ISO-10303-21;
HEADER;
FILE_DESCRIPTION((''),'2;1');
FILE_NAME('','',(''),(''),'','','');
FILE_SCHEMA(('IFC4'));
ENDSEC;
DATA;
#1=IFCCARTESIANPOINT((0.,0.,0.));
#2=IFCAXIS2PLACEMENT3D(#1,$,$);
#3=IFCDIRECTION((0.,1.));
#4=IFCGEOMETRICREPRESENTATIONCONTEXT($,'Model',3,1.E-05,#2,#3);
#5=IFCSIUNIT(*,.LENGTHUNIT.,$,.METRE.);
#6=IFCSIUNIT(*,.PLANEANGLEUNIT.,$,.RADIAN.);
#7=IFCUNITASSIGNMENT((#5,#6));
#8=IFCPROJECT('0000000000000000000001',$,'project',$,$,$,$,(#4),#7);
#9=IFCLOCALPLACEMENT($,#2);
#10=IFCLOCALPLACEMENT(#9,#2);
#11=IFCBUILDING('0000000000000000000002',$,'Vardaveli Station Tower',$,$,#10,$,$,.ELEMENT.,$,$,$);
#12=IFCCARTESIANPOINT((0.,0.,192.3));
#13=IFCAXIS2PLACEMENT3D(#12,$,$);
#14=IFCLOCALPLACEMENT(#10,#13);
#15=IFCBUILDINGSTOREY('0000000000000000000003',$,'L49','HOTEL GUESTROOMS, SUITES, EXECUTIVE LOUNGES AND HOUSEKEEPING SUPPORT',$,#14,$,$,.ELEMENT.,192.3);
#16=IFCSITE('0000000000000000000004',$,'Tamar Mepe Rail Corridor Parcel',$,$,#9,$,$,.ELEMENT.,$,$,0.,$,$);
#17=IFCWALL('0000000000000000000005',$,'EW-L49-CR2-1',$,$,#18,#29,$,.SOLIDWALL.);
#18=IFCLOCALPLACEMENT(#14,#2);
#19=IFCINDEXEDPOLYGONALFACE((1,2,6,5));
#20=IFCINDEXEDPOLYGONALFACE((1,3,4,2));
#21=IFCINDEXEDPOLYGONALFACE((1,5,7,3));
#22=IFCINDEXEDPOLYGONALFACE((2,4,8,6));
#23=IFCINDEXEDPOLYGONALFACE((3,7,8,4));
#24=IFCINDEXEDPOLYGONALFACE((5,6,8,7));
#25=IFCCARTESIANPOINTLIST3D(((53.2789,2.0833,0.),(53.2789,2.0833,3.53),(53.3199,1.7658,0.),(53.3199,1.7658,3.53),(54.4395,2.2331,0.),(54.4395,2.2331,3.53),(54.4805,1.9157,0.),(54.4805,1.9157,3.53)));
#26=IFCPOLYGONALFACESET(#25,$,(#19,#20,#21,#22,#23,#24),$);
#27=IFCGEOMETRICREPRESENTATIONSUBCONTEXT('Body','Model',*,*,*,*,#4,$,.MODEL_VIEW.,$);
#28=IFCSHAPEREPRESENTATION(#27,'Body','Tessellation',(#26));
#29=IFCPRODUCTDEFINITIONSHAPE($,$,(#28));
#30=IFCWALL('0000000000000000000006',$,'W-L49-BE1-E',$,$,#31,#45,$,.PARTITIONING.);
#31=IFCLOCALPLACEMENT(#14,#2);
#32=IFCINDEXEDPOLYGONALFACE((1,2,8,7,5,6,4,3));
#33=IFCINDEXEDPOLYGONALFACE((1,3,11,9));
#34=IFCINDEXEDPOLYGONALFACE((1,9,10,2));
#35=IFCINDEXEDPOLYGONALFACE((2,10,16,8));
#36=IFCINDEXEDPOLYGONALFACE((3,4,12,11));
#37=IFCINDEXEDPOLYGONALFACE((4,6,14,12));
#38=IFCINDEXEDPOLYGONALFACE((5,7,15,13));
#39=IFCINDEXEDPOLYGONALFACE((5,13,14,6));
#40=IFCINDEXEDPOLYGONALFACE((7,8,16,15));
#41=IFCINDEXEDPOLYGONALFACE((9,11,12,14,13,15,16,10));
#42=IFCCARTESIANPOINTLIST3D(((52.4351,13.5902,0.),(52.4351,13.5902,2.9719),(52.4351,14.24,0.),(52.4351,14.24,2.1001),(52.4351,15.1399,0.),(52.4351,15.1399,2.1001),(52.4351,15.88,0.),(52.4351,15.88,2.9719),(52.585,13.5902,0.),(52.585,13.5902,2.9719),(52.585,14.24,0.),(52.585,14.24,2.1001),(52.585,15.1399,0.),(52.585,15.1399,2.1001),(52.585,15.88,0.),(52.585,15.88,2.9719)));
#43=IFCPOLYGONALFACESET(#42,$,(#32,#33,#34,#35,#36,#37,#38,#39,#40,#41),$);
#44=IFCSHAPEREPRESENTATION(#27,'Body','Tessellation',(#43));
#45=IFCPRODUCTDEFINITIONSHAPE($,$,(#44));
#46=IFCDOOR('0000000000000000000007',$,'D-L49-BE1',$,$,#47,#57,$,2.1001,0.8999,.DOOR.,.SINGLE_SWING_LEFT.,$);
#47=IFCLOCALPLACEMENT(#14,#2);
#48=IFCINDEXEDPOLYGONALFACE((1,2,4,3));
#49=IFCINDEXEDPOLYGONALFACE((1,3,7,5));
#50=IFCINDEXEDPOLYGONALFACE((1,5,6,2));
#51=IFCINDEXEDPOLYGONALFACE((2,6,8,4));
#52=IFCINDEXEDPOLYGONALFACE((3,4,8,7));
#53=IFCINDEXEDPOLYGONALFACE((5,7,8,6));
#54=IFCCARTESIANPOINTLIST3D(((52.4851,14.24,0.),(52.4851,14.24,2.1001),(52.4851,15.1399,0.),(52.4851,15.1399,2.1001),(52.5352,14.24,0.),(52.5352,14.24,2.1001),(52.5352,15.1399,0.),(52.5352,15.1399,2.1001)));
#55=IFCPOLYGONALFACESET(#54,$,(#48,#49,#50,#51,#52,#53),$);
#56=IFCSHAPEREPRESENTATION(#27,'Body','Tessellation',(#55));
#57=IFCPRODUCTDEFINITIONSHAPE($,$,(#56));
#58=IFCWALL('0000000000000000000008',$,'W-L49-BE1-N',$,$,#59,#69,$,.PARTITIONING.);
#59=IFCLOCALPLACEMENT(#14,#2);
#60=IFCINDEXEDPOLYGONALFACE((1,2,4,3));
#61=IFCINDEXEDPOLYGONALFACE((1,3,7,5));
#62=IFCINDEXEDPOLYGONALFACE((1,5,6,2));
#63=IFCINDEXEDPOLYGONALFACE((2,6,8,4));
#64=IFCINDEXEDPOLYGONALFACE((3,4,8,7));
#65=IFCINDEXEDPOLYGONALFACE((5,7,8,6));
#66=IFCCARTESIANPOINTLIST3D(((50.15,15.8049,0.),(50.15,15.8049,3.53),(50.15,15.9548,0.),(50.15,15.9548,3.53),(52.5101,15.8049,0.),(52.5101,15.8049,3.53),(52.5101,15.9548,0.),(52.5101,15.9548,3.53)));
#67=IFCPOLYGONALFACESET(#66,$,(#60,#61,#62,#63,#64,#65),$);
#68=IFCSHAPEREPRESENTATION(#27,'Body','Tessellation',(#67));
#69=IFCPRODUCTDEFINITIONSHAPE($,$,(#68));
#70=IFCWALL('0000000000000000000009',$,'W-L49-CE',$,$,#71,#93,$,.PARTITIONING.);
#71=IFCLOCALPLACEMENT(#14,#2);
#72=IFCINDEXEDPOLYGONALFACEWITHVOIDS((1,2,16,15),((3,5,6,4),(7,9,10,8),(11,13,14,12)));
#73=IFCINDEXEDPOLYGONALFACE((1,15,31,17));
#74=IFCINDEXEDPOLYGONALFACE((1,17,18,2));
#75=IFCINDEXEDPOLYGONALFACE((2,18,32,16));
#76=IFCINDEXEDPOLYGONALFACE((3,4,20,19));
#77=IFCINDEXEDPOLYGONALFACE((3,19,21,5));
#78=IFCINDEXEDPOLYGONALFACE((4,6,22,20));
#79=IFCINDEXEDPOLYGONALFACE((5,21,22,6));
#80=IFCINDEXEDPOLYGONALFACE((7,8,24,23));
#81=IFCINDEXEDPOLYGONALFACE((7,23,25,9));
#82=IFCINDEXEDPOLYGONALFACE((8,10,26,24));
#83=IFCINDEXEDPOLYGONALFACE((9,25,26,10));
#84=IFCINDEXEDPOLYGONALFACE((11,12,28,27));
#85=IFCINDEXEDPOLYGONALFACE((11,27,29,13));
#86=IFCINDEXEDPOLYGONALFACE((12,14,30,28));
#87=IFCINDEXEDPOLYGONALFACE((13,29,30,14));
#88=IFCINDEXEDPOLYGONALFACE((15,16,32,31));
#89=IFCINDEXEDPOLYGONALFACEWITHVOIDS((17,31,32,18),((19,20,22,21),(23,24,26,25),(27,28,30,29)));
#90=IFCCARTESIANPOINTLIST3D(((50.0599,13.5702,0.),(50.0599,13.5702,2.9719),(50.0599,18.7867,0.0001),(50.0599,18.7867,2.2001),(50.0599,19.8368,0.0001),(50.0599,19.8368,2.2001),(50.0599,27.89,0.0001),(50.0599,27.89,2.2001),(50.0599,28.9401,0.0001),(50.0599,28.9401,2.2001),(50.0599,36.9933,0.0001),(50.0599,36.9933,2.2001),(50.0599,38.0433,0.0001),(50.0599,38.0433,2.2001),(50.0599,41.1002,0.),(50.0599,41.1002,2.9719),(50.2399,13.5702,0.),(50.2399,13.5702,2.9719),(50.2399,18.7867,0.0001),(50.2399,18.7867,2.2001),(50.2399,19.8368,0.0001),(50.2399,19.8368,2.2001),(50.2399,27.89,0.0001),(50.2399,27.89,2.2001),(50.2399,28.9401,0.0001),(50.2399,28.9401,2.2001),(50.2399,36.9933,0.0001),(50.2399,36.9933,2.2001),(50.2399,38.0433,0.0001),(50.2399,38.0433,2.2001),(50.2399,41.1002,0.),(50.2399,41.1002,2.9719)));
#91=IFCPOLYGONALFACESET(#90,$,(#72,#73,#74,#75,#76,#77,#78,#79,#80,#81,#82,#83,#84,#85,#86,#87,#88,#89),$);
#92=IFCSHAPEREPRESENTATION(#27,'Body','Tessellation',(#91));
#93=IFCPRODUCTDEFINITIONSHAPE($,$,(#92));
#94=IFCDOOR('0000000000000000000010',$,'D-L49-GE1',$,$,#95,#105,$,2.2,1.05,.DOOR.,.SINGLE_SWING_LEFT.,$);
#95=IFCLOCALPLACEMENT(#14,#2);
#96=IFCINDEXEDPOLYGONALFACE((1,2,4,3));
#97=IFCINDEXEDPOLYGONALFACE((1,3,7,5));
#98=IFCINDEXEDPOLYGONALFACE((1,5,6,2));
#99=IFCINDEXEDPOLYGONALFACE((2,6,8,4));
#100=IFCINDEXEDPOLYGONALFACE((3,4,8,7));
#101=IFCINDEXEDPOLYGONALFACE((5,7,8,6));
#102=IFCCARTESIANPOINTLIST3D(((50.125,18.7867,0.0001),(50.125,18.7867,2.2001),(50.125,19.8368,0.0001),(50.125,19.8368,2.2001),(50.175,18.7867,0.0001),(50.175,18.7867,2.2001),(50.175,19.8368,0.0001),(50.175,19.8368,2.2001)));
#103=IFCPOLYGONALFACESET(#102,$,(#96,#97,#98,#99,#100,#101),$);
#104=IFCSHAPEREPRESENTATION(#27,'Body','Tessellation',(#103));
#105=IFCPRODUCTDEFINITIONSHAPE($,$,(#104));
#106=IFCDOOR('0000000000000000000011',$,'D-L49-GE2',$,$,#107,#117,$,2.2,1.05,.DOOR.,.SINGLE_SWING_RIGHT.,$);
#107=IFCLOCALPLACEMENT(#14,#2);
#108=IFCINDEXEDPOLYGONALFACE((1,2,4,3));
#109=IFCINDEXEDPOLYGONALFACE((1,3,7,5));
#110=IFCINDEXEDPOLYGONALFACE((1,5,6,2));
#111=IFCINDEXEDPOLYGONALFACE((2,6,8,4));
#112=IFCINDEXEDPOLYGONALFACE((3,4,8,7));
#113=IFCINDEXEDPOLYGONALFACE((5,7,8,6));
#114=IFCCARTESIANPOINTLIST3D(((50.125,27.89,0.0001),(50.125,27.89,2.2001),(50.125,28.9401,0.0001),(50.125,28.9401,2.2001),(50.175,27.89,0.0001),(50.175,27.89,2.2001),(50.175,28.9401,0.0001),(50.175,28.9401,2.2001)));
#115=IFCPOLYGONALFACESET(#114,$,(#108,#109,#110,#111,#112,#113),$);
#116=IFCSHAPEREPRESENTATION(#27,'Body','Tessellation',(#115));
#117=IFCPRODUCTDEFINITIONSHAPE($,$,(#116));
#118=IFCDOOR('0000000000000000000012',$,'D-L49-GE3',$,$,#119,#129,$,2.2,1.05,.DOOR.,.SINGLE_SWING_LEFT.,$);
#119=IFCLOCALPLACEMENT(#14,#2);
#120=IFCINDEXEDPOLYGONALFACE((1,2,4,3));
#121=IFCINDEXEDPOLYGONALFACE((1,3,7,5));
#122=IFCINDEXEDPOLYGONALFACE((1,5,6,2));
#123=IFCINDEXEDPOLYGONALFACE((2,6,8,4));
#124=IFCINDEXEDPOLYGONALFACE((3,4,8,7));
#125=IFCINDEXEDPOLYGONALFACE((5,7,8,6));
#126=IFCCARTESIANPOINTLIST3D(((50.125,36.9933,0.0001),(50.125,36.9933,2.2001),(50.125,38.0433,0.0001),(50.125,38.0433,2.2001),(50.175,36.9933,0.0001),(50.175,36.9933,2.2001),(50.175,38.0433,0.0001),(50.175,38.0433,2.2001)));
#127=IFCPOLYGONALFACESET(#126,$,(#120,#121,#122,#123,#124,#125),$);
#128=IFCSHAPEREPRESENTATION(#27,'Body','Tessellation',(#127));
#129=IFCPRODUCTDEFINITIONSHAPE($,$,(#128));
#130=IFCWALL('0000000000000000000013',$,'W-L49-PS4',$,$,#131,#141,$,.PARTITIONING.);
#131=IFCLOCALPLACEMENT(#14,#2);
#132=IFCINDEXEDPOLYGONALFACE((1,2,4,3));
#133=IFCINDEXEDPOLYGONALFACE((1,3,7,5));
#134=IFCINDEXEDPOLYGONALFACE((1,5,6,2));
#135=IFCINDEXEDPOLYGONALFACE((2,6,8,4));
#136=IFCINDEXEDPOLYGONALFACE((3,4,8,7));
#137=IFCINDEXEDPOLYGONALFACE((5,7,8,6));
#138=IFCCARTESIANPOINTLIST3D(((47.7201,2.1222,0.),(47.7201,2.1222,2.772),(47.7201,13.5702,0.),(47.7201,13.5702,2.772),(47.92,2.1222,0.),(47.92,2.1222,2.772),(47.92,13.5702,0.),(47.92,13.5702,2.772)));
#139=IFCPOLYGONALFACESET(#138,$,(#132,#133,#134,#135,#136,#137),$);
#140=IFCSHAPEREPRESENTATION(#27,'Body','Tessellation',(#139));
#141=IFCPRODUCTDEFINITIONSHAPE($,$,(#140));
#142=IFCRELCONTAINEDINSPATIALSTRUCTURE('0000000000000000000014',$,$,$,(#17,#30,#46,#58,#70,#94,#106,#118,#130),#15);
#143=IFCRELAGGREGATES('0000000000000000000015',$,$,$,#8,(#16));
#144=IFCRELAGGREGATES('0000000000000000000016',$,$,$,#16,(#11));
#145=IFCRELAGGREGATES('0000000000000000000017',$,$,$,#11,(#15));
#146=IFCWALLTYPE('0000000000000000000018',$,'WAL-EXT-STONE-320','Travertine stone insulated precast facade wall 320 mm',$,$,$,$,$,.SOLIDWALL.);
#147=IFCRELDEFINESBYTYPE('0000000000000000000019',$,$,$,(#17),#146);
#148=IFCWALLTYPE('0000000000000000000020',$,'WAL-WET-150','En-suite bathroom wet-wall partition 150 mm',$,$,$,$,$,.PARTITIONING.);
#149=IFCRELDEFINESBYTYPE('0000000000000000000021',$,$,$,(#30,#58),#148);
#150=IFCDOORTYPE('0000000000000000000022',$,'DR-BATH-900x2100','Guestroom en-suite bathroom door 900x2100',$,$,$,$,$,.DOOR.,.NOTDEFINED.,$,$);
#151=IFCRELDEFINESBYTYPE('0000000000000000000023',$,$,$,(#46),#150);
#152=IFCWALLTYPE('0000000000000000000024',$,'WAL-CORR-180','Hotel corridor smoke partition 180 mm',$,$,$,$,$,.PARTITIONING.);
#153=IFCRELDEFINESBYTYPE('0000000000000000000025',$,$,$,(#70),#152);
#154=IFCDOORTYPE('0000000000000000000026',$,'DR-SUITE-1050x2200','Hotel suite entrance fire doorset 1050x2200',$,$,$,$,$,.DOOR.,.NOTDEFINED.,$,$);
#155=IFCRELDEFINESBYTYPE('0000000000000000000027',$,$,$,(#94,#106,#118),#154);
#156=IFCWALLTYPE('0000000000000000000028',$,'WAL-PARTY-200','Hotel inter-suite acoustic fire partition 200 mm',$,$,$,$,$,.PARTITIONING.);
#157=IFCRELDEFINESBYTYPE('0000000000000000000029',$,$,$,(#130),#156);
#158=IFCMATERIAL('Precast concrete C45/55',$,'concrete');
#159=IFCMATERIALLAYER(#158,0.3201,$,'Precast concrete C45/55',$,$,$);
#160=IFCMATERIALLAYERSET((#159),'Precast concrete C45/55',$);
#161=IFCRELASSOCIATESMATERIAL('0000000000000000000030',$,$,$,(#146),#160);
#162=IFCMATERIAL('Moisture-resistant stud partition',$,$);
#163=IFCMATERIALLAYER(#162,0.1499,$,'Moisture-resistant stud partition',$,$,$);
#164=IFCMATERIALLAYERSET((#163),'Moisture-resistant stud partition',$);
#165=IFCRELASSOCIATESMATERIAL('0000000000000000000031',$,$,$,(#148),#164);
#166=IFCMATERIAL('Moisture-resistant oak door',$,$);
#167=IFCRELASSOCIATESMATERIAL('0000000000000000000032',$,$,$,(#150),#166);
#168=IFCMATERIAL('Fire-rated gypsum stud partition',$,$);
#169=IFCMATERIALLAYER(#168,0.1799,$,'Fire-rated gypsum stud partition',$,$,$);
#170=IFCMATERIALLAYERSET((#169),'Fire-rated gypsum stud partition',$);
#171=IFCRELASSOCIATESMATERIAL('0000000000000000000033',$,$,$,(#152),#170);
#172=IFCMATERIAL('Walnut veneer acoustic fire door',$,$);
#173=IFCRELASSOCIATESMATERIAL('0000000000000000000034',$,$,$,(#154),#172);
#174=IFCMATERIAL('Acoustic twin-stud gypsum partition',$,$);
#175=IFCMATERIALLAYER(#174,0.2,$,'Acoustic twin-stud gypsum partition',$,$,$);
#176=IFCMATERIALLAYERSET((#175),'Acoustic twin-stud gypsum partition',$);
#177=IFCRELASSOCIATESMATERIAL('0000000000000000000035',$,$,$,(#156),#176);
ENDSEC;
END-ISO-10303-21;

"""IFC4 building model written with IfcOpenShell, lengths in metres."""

from ifc_helpers import new_model, si_unit, direction, frame, frame_2d, origin, place, context, subcontext, project, spatial, rectangle, extrude, source, transform, mapped, material, layer, layer_set, type_object, element, fill, save


model = new_model("IFC4")

# Units and contexts
model_context = context("Model", 3, precision=1e-05, world=origin(), true_north=direction((0.0, 1.0)))
body_context = subcontext(model_context, "Body", "Model", "MODEL_VIEW")
ifc_project = project(units=[si_unit("LENGTHUNIT", "METRE"), si_unit("PLANEANGLEUNIT", "RADIAN")], contexts=[model_context])

# Site, building, storey
site_placement = place(None, origin())
site = spatial("IfcSite", under=ifc_project, at=site_placement, Name="Tamar Mepe Rail Corridor Parcel", CompositionType="ELEMENT", RefElevation=0.0)
building_placement = place(site_placement, origin())
building = spatial("IfcBuilding", under=site, at=building_placement, Name="Vardaveli Station Tower", CompositionType="ELEMENT")
storey_placement = place(building_placement, frame((0.0, 0.0, 192.3)))
storey = spatial("IfcBuildingStorey", under=building, at=storey_placement, Name="L49", Description="HOTEL GUESTROOMS, SUITES, EXECUTIVE LOUNGES AND HOUSEKEEPING SUPPORT", CompositionType="ELEMENT", Elevation=192.3)

# Shared definitions
ifc_material_1 = material(Name="Precast concrete C45/55", Category="concrete")

# Shared definitions
ifc_layer_1 = layer(ifc_material_1, 0.3201, Name="Precast concrete C45/55")
ifc_layer_set_1 = layer_set([ifc_layer_1], Name="Precast concrete C45/55")
wall_type_1 = type_object("IfcWallType", Name="WAL-EXT-STONE-320", Description="Travertine stone insulated precast facade wall 320 mm", PredefinedType="SOLIDWALL", material=ifc_layer_set_1)

# Wall
shared_shape_1 = source(origin(), body_context, "Body", "SweptSolid", [
    extrude(rectangle(XDim=1.1702, YDim=0.3201, at=frame_2d((0.585, 0.0))), origin(), (0.0, 0.0, 1.0), 3.53),
])
wall_1_placement = place(storey_placement, frame((53.2996, 1.9246, 0.0), z_axis=(0.0, 0.0, 1.0), x_axis=(0.991762, 0.12809, 0.0)))
element("IfcWall", 1, at=wall_1_placement, inside=storey, type_object=wall_type_1, Name="EW-L49-CR2-1", PredefinedType="SOLIDWALL", context=body_context, shape_type="MappedRepresentation", body=[
    mapped(shared_shape_1, transform((0.0, 0.0, 0.0), scale=1.0)),
])

# Wall, opening, door
ifc_material_2 = material(Name="Moisture-resistant stud partition")
ifc_layer_2 = layer(ifc_material_2, 0.1499, Name="Moisture-resistant stud partition")
ifc_layer_set_2 = layer_set([ifc_layer_2], Name="Moisture-resistant stud partition")
wall_type_2 = type_object("IfcWallType", Name="WAL-WET-150", Description="En-suite bathroom wet-wall partition 150 mm", PredefinedType="PARTITIONING", material=ifc_layer_set_2)
shared_shape_2 = source(origin(), body_context, "Body", "SweptSolid", [
    extrude(rectangle(XDim=2.2898, YDim=0.1499, at=frame_2d((1.145, 0.0))), origin(), (0.0, 0.0, 1.0), 2.9719),
])
wall_2_placement = place(storey_placement, frame((52.51, 13.5901, 0.0), z_axis=(0.0, 0.0, 1.0), x_axis=(0.0, 1.0, 0.0)))
wall_2 = element("IfcWall", 2, at=wall_2_placement, inside=storey, type_object=wall_type_2, Name="W-L49-BE1-E", PredefinedType="PARTITIONING", context=body_context, shape_type="MappedRepresentation", body=[
    mapped(shared_shape_2, transform((0.0, 0.0, 0.0), scale=1.0)),
])
shared_shape_3 = source(origin(), body_context, "Body", "SweptSolid", [
    extrude(rectangle(XDim=0.8999, YDim=2.1001, at=frame_2d((0.45, 1.05))), frame((0.0, 0.085, 0.0), z_axis=(0.0, -1.0, 0.0), x_axis=(1.0, 0.0, 0.0)), (0.0, 0.0, 1.0), 0.1699),
])
opening_1_placement = place(wall_2_placement, frame((0.6499, 0.0, 0.0)))
opening_1 = element("IfcOpeningElement", 3, at=opening_1_placement, cuts=wall_2, PredefinedType="OPENING", context=body_context, shape_type="MappedRepresentation", body=[
    mapped(shared_shape_3, transform((0.0, 0.0, 0.0), scale=1.0)),
])
ifc_material_3 = material(Name="Moisture-resistant oak door")
door_type_1 = type_object("IfcDoorType", Name="DR-BATH-900x2100", Description="Guestroom en-suite bathroom door 900x2100", OperationType="NOTDEFINED", PredefinedType="DOOR", material=ifc_material_3)
shared_shape_4 = source(origin(), body_context, "Body", "SweptSolid", [
    extrude(rectangle(XDim=0.8999, YDim=2.1001, at=frame_2d((0.45, 1.05))), frame((0.0, 0.0249, 0.0), z_axis=(0.0, -1.0, 0.0), x_axis=(1.0, 0.0, 0.0)), (0.0, 0.0, 1.0), 0.05),
])
door_1_placement = place(opening_1_placement, origin())
door_1 = element("IfcDoor", 4, at=door_1_placement, inside=storey, type_object=door_type_1, Name="D-L49-BE1", OperationType="SINGLE_SWING_LEFT", OverallHeight=2.1001, OverallWidth=0.8999, PredefinedType="DOOR", context=body_context, shape_type="MappedRepresentation", body=[
    mapped(shared_shape_4, transform((0.0, 0.0, 0.0), scale=1.0)),
])
fill(opening_1, door_1)

# Wall
shared_shape_5 = source(origin(), body_context, "Body", "SweptSolid", [
    extrude(rectangle(XDim=2.3601, YDim=0.1499, at=frame_2d((1.1802, 0.0))), origin(), (0.0, 0.0, 1.0), 3.53),
])
wall_3_placement = place(storey_placement, frame((50.1499, 15.8799, 0.0), z_axis=(0.0, 0.0, 1.0), x_axis=(1.0, 0.0, 0.0)))
element("IfcWall", 5, at=wall_3_placement, inside=storey, type_object=wall_type_2, Name="W-L49-BE1-N", PredefinedType="PARTITIONING", context=body_context, shape_type="MappedRepresentation", body=[
    mapped(shared_shape_5, transform((0.0, 0.0, 0.0), scale=1.0)),
])

# Wall, openings, doors
ifc_material_4 = material(Name="Fire-rated gypsum stud partition")
ifc_layer_3 = layer(ifc_material_4, 0.1799, Name="Fire-rated gypsum stud partition")
ifc_layer_set_3 = layer_set([ifc_layer_3], Name="Fire-rated gypsum stud partition")
wall_type_3 = type_object("IfcWallType", Name="WAL-CORR-180", Description="Hotel corridor smoke partition 180 mm", PredefinedType="PARTITIONING", material=ifc_layer_set_3)
shared_shape_6 = source(origin(), body_context, "Body", "SweptSolid", [
    extrude(rectangle(XDim=27.53, YDim=0.1799, at=frame_2d((13.7651, 0.0))), origin(), (0.0, 0.0, 1.0), 2.9719),
])
wall_4_placement = place(storey_placement, frame((50.1499, 13.5701, 0.0), z_axis=(0.0, 0.0, 1.0), x_axis=(0.0, 1.0, 0.0)))
wall_4 = element("IfcWall", 6, at=wall_4_placement, inside=storey, type_object=wall_type_3, Name="W-L49-CE", PredefinedType="PARTITIONING", context=body_context, shape_type="MappedRepresentation", body=[
    mapped(shared_shape_6, transform((0.0, 0.0, 0.0), scale=1.0)),
])
shared_shape_7 = source(origin(), body_context, "Body", "SweptSolid", [
    extrude(rectangle(XDim=1.05, YDim=2.2, at=frame_2d((0.5249, 1.1001))), frame((0.0, 0.1001, 0.0), z_axis=(0.0, -1.0, 0.0), x_axis=(1.0, 0.0, 0.0)), (0.0, 0.0, 1.0), 0.2),
])
opening_2_placement = place(wall_4_placement, frame((5.2168, 0.0, 0.0)))
opening_2 = element("IfcOpeningElement", 7, at=opening_2_placement, cuts=wall_4, PredefinedType="OPENING", context=body_context, shape_type="MappedRepresentation", body=[
    mapped(shared_shape_7, transform((0.0, 0.0, 0.0), scale=1.0)),
])
opening_3_placement = place(wall_4_placement, frame((14.3201, 0.0, 0.0)))
opening_3 = element("IfcOpeningElement", 8, at=opening_3_placement, cuts=wall_4, PredefinedType="OPENING", context=body_context, shape_type="MappedRepresentation", body=[
    mapped(shared_shape_7, transform((0.0, 0.0, 0.0), scale=1.0)),
])
opening_4_placement = place(wall_4_placement, frame((23.4233, 0.0, 0.0)))
opening_4 = element("IfcOpeningElement", 9, at=opening_4_placement, cuts=wall_4, PredefinedType="OPENING", context=body_context, shape_type="MappedRepresentation", body=[
    mapped(shared_shape_7, transform((0.0, 0.0, 0.0), scale=1.0)),
])
ifc_material_5 = material(Name="Walnut veneer acoustic fire door")
door_type_2 = type_object("IfcDoorType", Name="DR-SUITE-1050x2200", Description="Hotel suite entrance fire doorset 1050x2200", OperationType="NOTDEFINED", PredefinedType="DOOR", material=ifc_material_5)
shared_shape_8 = source(origin(), body_context, "Body", "SweptSolid", [
    extrude(rectangle(XDim=1.05, YDim=2.2, at=frame_2d((0.5249, 1.1001))), frame((0.0, 0.0249, 0.0), z_axis=(0.0, -1.0, 0.0), x_axis=(1.0, 0.0, 0.0)), (0.0, 0.0, 1.0), 0.05),
])
door_2_placement = place(opening_2_placement, origin())
door_2 = element("IfcDoor", 10, at=door_2_placement, inside=storey, type_object=door_type_2, Name="D-L49-GE1", OperationType="SINGLE_SWING_LEFT", OverallHeight=2.2, OverallWidth=1.05, PredefinedType="DOOR", context=body_context, shape_type="MappedRepresentation", body=[
    mapped(shared_shape_8, transform((0.0, 0.0, 0.0), scale=1.0)),
])
fill(opening_2, door_2)
door_3_placement = place(opening_3_placement, origin())
door_3 = element("IfcDoor", 11, at=door_3_placement, inside=storey, type_object=door_type_2, Name="D-L49-GE2", OperationType="SINGLE_SWING_RIGHT", OverallHeight=2.2, OverallWidth=1.05, PredefinedType="DOOR", context=body_context, shape_type="MappedRepresentation", body=[
    mapped(shared_shape_8, transform((0.0, 0.0, 0.0), scale=1.0)),
])
fill(opening_3, door_3)
door_4_placement = place(opening_4_placement, origin())
door_4 = element("IfcDoor", 12, at=door_4_placement, inside=storey, type_object=door_type_2, Name="D-L49-GE3", OperationType="SINGLE_SWING_LEFT", OverallHeight=2.2, OverallWidth=1.05, PredefinedType="DOOR", context=body_context, shape_type="MappedRepresentation", body=[
    mapped(shared_shape_8, transform((0.0, 0.0, 0.0), scale=1.0)),
])
fill(opening_4, door_4)

# Wall
ifc_material_6 = material(Name="Acoustic twin-stud gypsum partition")
ifc_layer_4 = layer(ifc_material_6, 0.2, Name="Acoustic twin-stud gypsum partition")
ifc_layer_set_4 = layer_set([ifc_layer_4], Name="Acoustic twin-stud gypsum partition")
wall_type_4 = type_object("IfcWallType", Name="WAL-PARTY-200", Description="Hotel inter-suite acoustic fire partition 200 mm", PredefinedType="PARTITIONING", material=ifc_layer_set_4)
shared_shape_9 = source(origin(), body_context, "Body", "SweptSolid", [
    extrude(rectangle(XDim=11.448, YDim=0.2, at=frame_2d((5.7241, 0.0))), origin(), (0.0, 0.0, 1.0), 2.772),
])
wall_5_placement = place(storey_placement, frame((47.8201, 2.1221, 0.0), z_axis=(0.0, 0.0, 1.0), x_axis=(0.0, 1.0, 0.0)))
element("IfcWall", 13, at=wall_5_placement, inside=storey, type_object=wall_type_4, Name="W-L49-PS4", PredefinedType="PARTITIONING", context=body_context, shape_type="MappedRepresentation", body=[
    mapped(shared_shape_9, transform((0.0, 0.0, 0.0), scale=1.0)),
])

save(model, "model.ifc")
